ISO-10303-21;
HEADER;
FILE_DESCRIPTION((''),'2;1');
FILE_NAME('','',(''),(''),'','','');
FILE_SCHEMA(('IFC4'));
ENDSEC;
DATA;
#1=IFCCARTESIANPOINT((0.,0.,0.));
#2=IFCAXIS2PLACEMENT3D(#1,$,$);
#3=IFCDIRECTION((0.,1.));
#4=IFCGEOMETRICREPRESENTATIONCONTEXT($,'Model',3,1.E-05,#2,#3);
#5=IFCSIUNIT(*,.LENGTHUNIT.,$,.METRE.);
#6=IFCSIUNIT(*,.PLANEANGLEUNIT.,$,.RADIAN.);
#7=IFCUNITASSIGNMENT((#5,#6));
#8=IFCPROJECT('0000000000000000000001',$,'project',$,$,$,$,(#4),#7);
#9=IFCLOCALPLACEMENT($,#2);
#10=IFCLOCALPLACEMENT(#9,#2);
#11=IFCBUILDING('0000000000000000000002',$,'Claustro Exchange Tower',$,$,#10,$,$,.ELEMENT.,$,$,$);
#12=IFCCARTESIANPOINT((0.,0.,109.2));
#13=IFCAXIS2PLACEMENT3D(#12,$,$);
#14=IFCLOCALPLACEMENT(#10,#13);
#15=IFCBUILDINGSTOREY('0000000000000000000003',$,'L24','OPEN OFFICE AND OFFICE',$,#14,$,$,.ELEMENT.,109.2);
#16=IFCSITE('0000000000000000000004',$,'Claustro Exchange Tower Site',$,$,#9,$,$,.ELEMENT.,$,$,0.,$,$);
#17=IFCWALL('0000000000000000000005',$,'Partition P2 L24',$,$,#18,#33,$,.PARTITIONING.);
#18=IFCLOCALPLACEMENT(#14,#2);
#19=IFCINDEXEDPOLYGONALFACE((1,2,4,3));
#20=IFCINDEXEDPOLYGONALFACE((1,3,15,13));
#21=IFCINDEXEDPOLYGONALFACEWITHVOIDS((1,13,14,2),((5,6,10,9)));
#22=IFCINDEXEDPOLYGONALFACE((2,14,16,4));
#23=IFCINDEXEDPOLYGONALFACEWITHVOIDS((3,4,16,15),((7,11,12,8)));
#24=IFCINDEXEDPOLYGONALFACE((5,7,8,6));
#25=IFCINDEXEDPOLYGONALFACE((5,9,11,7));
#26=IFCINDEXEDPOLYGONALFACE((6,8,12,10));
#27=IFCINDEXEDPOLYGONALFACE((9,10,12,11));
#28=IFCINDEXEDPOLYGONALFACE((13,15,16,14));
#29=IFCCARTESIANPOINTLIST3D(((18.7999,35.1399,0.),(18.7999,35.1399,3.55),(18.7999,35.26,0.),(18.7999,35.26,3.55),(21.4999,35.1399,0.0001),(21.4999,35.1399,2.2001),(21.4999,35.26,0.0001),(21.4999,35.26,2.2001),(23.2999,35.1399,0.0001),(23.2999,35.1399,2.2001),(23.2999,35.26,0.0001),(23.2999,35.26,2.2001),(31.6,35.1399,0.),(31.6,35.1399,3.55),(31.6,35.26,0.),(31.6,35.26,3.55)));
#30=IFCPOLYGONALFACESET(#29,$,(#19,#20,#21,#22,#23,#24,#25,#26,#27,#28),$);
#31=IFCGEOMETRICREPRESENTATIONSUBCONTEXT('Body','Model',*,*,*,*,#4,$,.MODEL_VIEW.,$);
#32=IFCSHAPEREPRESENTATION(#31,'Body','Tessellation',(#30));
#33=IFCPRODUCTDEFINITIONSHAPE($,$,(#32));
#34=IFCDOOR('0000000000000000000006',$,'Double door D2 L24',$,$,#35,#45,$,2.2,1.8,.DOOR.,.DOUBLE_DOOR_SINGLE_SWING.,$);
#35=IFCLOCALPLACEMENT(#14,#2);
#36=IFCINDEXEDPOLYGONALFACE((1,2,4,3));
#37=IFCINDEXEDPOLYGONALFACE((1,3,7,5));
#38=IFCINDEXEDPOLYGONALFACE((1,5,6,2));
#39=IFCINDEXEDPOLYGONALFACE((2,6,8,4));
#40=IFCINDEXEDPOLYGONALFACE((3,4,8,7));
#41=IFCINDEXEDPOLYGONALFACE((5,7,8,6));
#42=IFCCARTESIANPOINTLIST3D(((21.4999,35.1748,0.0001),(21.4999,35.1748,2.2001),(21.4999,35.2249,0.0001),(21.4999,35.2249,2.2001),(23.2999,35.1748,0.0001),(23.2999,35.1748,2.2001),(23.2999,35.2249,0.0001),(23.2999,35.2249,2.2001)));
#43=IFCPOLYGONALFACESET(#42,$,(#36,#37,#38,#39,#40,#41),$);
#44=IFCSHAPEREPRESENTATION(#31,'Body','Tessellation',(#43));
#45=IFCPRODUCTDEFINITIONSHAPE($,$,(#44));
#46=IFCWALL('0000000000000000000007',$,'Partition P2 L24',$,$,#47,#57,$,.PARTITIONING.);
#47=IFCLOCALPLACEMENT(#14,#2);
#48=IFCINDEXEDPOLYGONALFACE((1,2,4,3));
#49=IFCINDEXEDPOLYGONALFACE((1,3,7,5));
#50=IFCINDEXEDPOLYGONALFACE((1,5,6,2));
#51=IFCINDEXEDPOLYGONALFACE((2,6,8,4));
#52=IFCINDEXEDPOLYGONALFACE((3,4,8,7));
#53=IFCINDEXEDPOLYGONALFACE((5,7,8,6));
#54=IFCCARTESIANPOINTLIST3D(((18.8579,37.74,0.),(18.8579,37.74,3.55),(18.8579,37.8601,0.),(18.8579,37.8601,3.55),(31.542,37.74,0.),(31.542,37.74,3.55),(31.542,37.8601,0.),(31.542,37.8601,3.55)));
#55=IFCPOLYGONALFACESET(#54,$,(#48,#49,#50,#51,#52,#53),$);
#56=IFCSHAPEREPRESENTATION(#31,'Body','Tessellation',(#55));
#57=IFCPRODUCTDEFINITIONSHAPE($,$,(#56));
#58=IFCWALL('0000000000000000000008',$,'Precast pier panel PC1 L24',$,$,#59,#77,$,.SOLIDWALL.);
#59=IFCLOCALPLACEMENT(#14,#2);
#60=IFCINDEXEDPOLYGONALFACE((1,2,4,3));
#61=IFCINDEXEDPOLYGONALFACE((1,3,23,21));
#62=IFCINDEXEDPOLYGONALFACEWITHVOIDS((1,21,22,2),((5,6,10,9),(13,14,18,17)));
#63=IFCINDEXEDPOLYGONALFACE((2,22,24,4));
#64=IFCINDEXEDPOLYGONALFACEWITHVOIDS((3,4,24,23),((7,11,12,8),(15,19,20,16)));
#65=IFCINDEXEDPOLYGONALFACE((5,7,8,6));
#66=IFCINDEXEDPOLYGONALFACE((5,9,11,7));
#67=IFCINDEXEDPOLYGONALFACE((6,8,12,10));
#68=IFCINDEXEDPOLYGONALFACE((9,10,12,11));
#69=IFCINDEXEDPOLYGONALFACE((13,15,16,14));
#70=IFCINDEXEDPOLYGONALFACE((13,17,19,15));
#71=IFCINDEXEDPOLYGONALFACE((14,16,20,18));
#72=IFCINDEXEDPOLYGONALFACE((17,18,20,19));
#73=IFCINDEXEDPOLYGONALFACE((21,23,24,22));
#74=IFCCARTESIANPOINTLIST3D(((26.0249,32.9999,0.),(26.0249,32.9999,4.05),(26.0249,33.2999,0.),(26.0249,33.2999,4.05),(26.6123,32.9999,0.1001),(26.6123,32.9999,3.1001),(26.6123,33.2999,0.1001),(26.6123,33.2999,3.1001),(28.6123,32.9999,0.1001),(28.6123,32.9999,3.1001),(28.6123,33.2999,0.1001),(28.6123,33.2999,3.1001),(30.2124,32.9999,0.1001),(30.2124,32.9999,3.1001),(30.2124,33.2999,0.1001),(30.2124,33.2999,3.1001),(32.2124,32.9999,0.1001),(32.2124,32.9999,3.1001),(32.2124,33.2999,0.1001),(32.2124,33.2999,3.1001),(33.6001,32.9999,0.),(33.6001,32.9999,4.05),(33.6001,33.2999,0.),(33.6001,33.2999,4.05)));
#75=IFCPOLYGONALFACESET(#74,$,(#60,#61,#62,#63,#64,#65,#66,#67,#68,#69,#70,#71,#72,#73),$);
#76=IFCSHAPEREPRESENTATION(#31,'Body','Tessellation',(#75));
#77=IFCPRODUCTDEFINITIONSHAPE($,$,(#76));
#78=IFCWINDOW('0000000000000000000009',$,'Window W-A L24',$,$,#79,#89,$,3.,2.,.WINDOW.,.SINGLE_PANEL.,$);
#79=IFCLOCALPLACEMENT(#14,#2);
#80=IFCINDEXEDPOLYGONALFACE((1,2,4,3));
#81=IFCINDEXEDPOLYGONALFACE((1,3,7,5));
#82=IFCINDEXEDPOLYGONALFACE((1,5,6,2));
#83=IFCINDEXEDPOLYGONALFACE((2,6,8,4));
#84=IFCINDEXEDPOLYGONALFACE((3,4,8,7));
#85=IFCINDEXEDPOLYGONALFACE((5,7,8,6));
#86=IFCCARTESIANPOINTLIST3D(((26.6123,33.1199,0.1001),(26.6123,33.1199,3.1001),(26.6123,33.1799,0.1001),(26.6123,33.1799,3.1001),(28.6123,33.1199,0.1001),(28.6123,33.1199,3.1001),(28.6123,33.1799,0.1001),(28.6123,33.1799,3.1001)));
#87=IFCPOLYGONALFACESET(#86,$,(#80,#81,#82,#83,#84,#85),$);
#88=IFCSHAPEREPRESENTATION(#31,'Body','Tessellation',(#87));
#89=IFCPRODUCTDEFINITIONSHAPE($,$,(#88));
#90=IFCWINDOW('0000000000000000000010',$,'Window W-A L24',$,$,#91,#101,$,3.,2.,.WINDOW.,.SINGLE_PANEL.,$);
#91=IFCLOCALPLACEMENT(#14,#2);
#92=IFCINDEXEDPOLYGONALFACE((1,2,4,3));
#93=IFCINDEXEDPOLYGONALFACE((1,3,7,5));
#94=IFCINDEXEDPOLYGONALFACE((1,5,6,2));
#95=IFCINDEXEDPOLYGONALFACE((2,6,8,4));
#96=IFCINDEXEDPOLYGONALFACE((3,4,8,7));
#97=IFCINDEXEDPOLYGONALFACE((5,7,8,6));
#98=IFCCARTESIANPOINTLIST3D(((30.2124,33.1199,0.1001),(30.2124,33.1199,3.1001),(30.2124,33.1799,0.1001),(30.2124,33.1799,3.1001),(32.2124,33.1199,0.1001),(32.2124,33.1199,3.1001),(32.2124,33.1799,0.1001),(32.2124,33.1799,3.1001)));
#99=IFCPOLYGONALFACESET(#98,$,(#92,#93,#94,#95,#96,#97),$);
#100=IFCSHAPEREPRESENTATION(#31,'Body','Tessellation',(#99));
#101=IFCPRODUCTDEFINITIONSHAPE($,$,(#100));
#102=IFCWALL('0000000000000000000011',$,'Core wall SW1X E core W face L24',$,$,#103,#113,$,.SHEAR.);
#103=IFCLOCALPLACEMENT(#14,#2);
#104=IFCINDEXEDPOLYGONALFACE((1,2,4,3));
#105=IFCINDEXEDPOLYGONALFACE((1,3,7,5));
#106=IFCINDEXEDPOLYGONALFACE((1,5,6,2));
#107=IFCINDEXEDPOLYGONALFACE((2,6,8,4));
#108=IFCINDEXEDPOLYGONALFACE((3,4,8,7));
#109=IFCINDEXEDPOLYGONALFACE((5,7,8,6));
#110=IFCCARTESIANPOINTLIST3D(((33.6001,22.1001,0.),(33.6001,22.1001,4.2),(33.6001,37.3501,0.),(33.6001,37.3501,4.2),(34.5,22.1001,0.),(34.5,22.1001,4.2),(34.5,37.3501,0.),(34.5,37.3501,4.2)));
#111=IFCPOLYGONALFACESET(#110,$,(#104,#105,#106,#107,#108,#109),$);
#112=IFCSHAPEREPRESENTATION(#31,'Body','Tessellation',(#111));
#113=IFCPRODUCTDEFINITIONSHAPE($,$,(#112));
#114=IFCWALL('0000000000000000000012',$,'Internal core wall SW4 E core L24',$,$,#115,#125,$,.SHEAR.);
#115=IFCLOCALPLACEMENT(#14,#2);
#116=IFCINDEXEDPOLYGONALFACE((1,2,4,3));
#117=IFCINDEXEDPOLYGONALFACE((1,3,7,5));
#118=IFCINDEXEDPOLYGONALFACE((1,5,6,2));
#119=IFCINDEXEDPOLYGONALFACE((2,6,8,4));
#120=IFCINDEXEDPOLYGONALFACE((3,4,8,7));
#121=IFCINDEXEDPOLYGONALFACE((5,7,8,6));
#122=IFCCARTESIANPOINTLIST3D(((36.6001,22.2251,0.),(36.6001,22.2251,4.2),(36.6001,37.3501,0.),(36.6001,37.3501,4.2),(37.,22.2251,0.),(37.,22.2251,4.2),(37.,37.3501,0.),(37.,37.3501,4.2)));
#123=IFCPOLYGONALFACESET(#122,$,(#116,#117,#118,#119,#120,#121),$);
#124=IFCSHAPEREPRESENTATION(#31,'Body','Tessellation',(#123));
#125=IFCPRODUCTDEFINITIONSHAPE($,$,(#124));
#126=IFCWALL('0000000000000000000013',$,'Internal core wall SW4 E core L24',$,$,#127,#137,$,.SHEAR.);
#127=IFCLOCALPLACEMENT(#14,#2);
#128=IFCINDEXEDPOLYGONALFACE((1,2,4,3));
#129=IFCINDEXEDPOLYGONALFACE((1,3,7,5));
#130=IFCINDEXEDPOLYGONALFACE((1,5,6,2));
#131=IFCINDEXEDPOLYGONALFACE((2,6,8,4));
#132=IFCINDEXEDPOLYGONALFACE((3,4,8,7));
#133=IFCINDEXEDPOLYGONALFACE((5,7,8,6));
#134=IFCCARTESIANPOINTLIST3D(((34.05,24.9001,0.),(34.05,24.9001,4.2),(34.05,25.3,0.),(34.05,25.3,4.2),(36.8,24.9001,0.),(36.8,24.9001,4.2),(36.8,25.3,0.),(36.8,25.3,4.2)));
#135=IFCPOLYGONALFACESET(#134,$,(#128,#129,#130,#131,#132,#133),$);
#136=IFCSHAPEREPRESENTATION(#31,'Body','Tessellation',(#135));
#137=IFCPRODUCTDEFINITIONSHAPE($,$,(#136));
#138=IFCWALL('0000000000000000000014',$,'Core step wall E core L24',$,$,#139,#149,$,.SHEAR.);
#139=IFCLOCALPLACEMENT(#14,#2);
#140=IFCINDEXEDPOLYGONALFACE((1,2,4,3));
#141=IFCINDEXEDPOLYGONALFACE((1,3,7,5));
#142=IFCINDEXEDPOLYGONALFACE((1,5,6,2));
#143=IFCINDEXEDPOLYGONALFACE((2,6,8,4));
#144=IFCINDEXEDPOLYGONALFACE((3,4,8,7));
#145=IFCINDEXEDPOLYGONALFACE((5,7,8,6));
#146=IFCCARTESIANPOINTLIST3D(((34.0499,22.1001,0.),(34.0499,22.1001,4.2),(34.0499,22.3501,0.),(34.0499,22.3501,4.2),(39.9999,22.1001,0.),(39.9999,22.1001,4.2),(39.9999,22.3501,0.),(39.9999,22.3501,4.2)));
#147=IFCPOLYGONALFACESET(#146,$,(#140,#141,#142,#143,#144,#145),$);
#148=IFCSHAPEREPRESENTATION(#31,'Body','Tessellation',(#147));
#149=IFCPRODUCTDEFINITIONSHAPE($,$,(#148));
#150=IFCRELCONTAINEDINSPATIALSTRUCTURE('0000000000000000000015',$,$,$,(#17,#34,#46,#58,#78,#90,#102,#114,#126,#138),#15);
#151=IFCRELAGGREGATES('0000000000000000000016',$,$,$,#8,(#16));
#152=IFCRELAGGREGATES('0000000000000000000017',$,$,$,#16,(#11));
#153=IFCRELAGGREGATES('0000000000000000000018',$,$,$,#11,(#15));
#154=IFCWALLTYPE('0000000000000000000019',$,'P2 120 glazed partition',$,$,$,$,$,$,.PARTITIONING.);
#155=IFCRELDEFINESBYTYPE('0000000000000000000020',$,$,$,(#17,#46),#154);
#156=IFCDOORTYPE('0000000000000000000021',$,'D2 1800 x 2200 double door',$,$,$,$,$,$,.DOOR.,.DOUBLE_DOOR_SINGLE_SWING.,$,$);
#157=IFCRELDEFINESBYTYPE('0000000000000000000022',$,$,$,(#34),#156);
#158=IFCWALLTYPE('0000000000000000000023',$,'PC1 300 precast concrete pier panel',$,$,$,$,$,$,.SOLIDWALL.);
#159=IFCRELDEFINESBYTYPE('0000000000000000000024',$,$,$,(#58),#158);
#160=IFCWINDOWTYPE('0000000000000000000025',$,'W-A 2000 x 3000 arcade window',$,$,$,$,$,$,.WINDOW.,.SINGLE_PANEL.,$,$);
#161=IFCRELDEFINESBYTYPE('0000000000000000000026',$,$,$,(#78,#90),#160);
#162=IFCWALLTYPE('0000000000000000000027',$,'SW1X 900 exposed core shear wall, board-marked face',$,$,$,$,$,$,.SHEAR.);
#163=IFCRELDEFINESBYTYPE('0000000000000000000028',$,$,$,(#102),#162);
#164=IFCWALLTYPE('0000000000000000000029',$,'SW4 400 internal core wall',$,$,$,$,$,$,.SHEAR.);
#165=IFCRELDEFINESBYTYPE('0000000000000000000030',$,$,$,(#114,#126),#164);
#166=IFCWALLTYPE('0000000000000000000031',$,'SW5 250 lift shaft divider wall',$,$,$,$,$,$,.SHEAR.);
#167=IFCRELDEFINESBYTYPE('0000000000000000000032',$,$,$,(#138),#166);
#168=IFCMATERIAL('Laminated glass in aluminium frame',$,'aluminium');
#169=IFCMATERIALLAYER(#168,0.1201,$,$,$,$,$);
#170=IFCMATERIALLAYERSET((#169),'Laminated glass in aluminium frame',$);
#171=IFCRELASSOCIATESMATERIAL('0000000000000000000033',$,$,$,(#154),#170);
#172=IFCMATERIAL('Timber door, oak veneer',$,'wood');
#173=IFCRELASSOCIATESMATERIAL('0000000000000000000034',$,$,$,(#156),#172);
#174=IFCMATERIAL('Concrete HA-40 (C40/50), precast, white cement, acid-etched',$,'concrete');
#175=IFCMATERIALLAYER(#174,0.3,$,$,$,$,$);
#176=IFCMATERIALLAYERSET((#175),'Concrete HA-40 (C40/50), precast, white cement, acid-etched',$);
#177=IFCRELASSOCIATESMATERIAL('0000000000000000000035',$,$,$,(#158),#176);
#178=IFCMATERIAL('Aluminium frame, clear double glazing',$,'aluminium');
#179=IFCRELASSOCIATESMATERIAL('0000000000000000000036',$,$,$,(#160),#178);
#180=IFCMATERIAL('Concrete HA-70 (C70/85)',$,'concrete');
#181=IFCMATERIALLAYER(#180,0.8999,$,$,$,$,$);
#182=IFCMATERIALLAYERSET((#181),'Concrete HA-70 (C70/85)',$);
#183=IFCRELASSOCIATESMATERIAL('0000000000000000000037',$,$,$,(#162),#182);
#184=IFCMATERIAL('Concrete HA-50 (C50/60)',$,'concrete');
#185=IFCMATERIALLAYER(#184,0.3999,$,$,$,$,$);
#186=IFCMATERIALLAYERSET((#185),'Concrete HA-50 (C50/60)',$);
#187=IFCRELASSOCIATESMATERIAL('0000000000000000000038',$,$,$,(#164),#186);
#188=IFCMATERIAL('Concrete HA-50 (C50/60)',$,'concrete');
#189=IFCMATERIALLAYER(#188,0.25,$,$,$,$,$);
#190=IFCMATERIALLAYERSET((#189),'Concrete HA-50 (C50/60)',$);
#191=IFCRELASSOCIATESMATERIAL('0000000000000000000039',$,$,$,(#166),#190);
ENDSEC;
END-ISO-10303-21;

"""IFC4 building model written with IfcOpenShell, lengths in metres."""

from ifc_helpers import new_model, si_unit, direction, frame, frame_2d, origin, place, context, subcontext, project, spatial, rectangle, extrude, material, layer, layer_set, type_object, element, fill, save


model = new_model("IFC4")

# Units and contexts
model_context = context("Model", 3, precision=1e-05, world=origin(), true_north=direction((0.0, 1.0)))
body_context = subcontext(model_context, "Body", "Model", "MODEL_VIEW")
ifc_project = project(units=[si_unit("LENGTHUNIT", "METRE"), si_unit("PLANEANGLEUNIT", "RADIAN")], contexts=[model_context])

# Site, building, storey
site_placement = place(None, origin())
site = spatial("IfcSite", under=ifc_project, at=site_placement, Name="Claustro Exchange Tower Site", CompositionType="ELEMENT", RefElevation=0.0)
building_placement = place(site_placement, origin())
building = spatial("IfcBuilding", under=site, at=building_placement, Name="Claustro Exchange Tower", CompositionType="ELEMENT")
storey_placement = place(building_placement, frame((0.0, 0.0, 109.2)))
storey = spatial("IfcBuildingStorey", under=building, at=storey_placement, Name="L24", Description="OPEN OFFICE AND OFFICE", CompositionType="ELEMENT", Elevation=109.2)

# Shared definitions
ifc_material_1 = material(Name="Laminated glass in aluminium frame", Category="aluminium")
ifc_layer_1 = layer(ifc_material_1, 0.1201)
ifc_layer_set_1 = layer_set([ifc_layer_1], Name="Laminated glass in aluminium frame")
wall_type_1 = type_object("IfcWallType", Name="P2 120 glazed partition", PredefinedType="PARTITIONING", material=ifc_layer_set_1)
ifc_material_2 = material(Name="Timber door, oak veneer", Category="wood")
door_type_1 = type_object("IfcDoorType", Name="D2 1800 x 2200 double door", OperationType="DOUBLE_DOOR_SINGLE_SWING", PredefinedType="DOOR", material=ifc_material_2)

# Wall, opening, door
wall_1_placement = place(storey_placement, frame((18.8, 35.2, 0.0), z_axis=(0.0, 0.0, 1.0), x_axis=(1.0, 0.0, 0.0)))
wall_1 = element("IfcWall", 1, at=wall_1_placement, inside=storey, type_object=wall_type_1, Name="Partition P2 L24", PredefinedType="PARTITIONING", context=body_context, shape_type="SweptSolid", body=[
    extrude(rectangle(XDim=12.8, YDim=0.1201, at=frame_2d((6.3999, 0.0))), origin(), (0.0, 0.0, 1.0), 3.55),
])
opening_1_placement = place(wall_1_placement, frame((2.7, 0.0, 0.0)))
opening_1 = element("IfcOpeningElement", 2, at=opening_1_placement, cuts=wall_1, PredefinedType="OPENING", context=body_context, shape_type="SweptSolid", body=[
    extrude(rectangle(XDim=1.8, YDim=2.2, at=frame_2d((0.8999, 1.1001))), frame((0.0, 0.0701, 0.0), z_axis=(0.0, -1.0, 0.0), x_axis=(1.0, 0.0, 0.0)), (0.0, 0.0, 1.0), 0.1401),
])
door_1_placement = place(opening_1_placement, origin())
door_1 = element("IfcDoor", 3, at=door_1_placement, inside=storey, type_object=door_type_1, Name="Double door D2 L24", OperationType="DOUBLE_DOOR_SINGLE_SWING", OverallHeight=2.2, OverallWidth=1.8, PredefinedType="DOOR", context=body_context, shape_type="SweptSolid", body=[
    extrude(rectangle(XDim=1.8, YDim=2.2, at=frame_2d((0.8999, 1.1001))), frame((0.0, 0.0249, 0.0), z_axis=(0.0, -1.0, 0.0), x_axis=(1.0, 0.0, 0.0)), (0.0, 0.0, 1.0), 0.05),
])
fill(opening_1, door_1)

# Wall
wall_2_placement = place(storey_placement, frame((18.8579, 37.8, 0.0), z_axis=(0.0, 0.0, 1.0), x_axis=(1.0, 0.0, 0.0)))
element("IfcWall", 4, at=wall_2_placement, inside=storey, type_object=wall_type_1, Name="Partition P2 L24", PredefinedType="PARTITIONING", context=body_context, shape_type="SweptSolid", body=[
    extrude(rectangle(XDim=12.6841, YDim=0.1201, at=frame_2d((6.342, 0.0))), origin(), (0.0, 0.0, 1.0), 3.55),
])

# Wall, openings, windows
ifc_material_3 = material(Name="Concrete HA-40 (C40/50), precast, white cement, acid-etched", Category="concrete")
ifc_layer_2 = layer(ifc_material_3, 0.3)
ifc_layer_set_2 = layer_set([ifc_layer_2], Name="Concrete HA-40 (C40/50), precast, white cement, acid-etched")
wall_type_2 = type_object("IfcWallType", Name="PC1 300 precast concrete pier panel", PredefinedType="SOLIDWALL", material=ifc_layer_set_2)
wall_3_placement = place(storey_placement, frame((26.0249, 33.1499, 0.0), z_axis=(0.0, 0.0, 1.0), x_axis=(1.0, 0.0, 0.0)))
wall_3 = element("IfcWall", 5, at=wall_3_placement, inside=storey, type_object=wall_type_2, Name="Precast pier panel PC1 L24", PredefinedType="SOLIDWALL", context=body_context, shape_type="SweptSolid", body=[
    extrude(rectangle(XDim=7.5752, YDim=0.3, at=frame_2d((3.7876, 0.0))), origin(), (0.0, 0.0, 1.0), 4.05),
])
opening_2_placement = place(wall_3_placement, frame((0.5874, 0.0, 0.1001)))
opening_2 = element("IfcOpeningElement", 6, at=opening_2_placement, cuts=wall_3, PredefinedType="OPENING", context=body_context, shape_type="SweptSolid", body=[
    extrude(rectangle(XDim=2.0, YDim=3.0, at=frame_2d((1.0, 1.5))), frame((0.0, 0.1599, 0.0), z_axis=(0.0, -1.0, 0.0), x_axis=(1.0, 0.0, 0.0)), (0.0, 0.0, 1.0), 0.3201),
])
opening_3_placement = place(wall_3_placement, frame((4.1875, 0.0, 0.1001)))
opening_3 = element("IfcOpeningElement", 7, at=opening_3_placement, cuts=wall_3, PredefinedType="OPENING", context=body_context, shape_type="SweptSolid", body=[
    extrude(rectangle(XDim=2.0, YDim=3.0, at=frame_2d((1.0, 1.5))), frame((0.0, 0.1599, 0.0), z_axis=(0.0, -1.0, 0.0), x_axis=(1.0, 0.0, 0.0)), (0.0, 0.0, 1.0), 0.3201),
])
ifc_material_4 = material(Name="Aluminium frame, clear double glazing", Category="aluminium")
window_type = type_object("IfcWindowType", Name="W-A 2000 x 3000 arcade window", PartitioningType="SINGLE_PANEL", PredefinedType="WINDOW", material=ifc_material_4)
window_1_placement = place(opening_2_placement, origin())
window_1 = element("IfcWindow", 8, at=window_1_placement, inside=storey, type_object=window_type, Name="Window W-A L24", OverallHeight=3.0, OverallWidth=2.0, PartitioningType="SINGLE_PANEL", PredefinedType="WINDOW", context=body_context, shape_type="SweptSolid", body=[
    extrude(rectangle(XDim=2.0, YDim=3.0, at=frame_2d((1.0, 1.5))), frame((0.0, 0.03, 0.0), z_axis=(0.0, -1.0, 0.0), x_axis=(1.0, 0.0, 0.0)), (0.0, 0.0, 1.0), 0.0601),
])
fill(opening_2, window_1)
window_2_placement = place(opening_3_placement, origin())
window_2 = element("IfcWindow", 9, at=window_2_placement, inside=storey, type_object=window_type, Name="Window W-A L24", OverallHeight=3.0, OverallWidth=2.0, PartitioningType="SINGLE_PANEL", PredefinedType="WINDOW", context=body_context, shape_type="SweptSolid", body=[
    extrude(rectangle(XDim=2.0, YDim=3.0, at=frame_2d((1.0, 1.5))), frame((0.0, 0.03, 0.0), z_axis=(0.0, -1.0, 0.0), x_axis=(1.0, 0.0, 0.0)), (0.0, 0.0, 1.0), 0.0601),
])
fill(opening_3, window_2)

# Walls
ifc_material_5 = material(Name="Concrete HA-70 (C70/85)", Category="concrete")
ifc_layer_3 = layer(ifc_material_5, 0.8999)
ifc_layer_set_3 = layer_set([ifc_layer_3], Name="Concrete HA-70 (C70/85)")
wall_type_3 = type_object("IfcWallType", Name="SW1X 900 exposed core shear wall, board-marked face", PredefinedType="SHEAR", material=ifc_layer_set_3)
wall_4_placement = place(storey_placement, frame((34.05, 22.1001, 0.0), z_axis=(0.0, 0.0, 1.0), x_axis=(0.0, 1.0, 0.0)))
element("IfcWall", 10, at=wall_4_placement, inside=storey, type_object=wall_type_3, Name="Core wall SW1X E core W face L24", PredefinedType="SHEAR", context=body_context, shape_type="SweptSolid", body=[
    extrude(rectangle(XDim=15.25, YDim=0.8999, at=frame_2d((7.625, 0.0))), origin(), (0.0, 0.0, 1.0), 4.2),
])
ifc_material_6 = material(Name="Concrete HA-50 (C50/60)", Category="concrete")
ifc_layer_4 = layer(ifc_material_6, 0.3999)
ifc_layer_set_4 = layer_set([ifc_layer_4], Name="Concrete HA-50 (C50/60)")
wall_type_4 = type_object("IfcWallType", Name="SW4 400 internal core wall", PredefinedType="SHEAR", material=ifc_layer_set_4)
wall_5_placement = place(storey_placement, frame((36.8, 22.2251, 0.0), z_axis=(0.0, 0.0, 1.0), x_axis=(0.0, 1.0, 0.0)))
element("IfcWall", 11, at=wall_5_placement, inside=storey, type_object=wall_type_4, Name="Internal core wall SW4 E core L24", PredefinedType="SHEAR", context=body_context, shape_type="SweptSolid", body=[
    extrude(rectangle(XDim=15.125, YDim=0.3999, at=frame_2d((7.5625, 0.0))), origin(), (0.0, 0.0, 1.0), 4.2),
])
wall_6_placement = place(storey_placement, frame((36.8, 25.1001, 0.0), z_axis=(0.0, 0.0, 1.0), x_axis=(-1.0, 0.0, 0.0)))
element("IfcWall", 12, at=wall_6_placement, inside=storey, type_object=wall_type_4, Name="Internal core wall SW4 E core L24", PredefinedType="SHEAR", context=body_context, shape_type="SweptSolid", body=[
    extrude(rectangle(XDim=2.75, YDim=0.3999, at=frame_2d((1.375, 0.0))), origin(), (0.0, 0.0, 1.0), 4.2),
])
ifc_material_7 = material(Name="Concrete HA-50 (C50/60)", Category="concrete")
ifc_layer_5 = layer(ifc_material_7, 0.25)
ifc_layer_set_5 = layer_set([ifc_layer_5], Name="Concrete HA-50 (C50/60)")
wall_type_5 = type_object("IfcWallType", Name="SW5 250 lift shaft divider wall", PredefinedType="SHEAR", material=ifc_layer_set_5)
wall_7_placement = place(storey_placement, frame((40.0, 22.2251, 0.0), z_axis=(0.0, 0.0, 1.0), x_axis=(-1.0, 0.0, 0.0)))
element("IfcWall", 13, at=wall_7_placement, inside=storey, type_object=wall_type_5, Name="Core step wall E core L24", PredefinedType="SHEAR", context=body_context, shape_type="SweptSolid", body=[
    extrude(rectangle(XDim=5.95, YDim=0.25, at=frame_2d((2.9751, 0.0))), origin(), (0.0, 0.0, 1.0), 4.2),
])

save(model, "model.ifc")
